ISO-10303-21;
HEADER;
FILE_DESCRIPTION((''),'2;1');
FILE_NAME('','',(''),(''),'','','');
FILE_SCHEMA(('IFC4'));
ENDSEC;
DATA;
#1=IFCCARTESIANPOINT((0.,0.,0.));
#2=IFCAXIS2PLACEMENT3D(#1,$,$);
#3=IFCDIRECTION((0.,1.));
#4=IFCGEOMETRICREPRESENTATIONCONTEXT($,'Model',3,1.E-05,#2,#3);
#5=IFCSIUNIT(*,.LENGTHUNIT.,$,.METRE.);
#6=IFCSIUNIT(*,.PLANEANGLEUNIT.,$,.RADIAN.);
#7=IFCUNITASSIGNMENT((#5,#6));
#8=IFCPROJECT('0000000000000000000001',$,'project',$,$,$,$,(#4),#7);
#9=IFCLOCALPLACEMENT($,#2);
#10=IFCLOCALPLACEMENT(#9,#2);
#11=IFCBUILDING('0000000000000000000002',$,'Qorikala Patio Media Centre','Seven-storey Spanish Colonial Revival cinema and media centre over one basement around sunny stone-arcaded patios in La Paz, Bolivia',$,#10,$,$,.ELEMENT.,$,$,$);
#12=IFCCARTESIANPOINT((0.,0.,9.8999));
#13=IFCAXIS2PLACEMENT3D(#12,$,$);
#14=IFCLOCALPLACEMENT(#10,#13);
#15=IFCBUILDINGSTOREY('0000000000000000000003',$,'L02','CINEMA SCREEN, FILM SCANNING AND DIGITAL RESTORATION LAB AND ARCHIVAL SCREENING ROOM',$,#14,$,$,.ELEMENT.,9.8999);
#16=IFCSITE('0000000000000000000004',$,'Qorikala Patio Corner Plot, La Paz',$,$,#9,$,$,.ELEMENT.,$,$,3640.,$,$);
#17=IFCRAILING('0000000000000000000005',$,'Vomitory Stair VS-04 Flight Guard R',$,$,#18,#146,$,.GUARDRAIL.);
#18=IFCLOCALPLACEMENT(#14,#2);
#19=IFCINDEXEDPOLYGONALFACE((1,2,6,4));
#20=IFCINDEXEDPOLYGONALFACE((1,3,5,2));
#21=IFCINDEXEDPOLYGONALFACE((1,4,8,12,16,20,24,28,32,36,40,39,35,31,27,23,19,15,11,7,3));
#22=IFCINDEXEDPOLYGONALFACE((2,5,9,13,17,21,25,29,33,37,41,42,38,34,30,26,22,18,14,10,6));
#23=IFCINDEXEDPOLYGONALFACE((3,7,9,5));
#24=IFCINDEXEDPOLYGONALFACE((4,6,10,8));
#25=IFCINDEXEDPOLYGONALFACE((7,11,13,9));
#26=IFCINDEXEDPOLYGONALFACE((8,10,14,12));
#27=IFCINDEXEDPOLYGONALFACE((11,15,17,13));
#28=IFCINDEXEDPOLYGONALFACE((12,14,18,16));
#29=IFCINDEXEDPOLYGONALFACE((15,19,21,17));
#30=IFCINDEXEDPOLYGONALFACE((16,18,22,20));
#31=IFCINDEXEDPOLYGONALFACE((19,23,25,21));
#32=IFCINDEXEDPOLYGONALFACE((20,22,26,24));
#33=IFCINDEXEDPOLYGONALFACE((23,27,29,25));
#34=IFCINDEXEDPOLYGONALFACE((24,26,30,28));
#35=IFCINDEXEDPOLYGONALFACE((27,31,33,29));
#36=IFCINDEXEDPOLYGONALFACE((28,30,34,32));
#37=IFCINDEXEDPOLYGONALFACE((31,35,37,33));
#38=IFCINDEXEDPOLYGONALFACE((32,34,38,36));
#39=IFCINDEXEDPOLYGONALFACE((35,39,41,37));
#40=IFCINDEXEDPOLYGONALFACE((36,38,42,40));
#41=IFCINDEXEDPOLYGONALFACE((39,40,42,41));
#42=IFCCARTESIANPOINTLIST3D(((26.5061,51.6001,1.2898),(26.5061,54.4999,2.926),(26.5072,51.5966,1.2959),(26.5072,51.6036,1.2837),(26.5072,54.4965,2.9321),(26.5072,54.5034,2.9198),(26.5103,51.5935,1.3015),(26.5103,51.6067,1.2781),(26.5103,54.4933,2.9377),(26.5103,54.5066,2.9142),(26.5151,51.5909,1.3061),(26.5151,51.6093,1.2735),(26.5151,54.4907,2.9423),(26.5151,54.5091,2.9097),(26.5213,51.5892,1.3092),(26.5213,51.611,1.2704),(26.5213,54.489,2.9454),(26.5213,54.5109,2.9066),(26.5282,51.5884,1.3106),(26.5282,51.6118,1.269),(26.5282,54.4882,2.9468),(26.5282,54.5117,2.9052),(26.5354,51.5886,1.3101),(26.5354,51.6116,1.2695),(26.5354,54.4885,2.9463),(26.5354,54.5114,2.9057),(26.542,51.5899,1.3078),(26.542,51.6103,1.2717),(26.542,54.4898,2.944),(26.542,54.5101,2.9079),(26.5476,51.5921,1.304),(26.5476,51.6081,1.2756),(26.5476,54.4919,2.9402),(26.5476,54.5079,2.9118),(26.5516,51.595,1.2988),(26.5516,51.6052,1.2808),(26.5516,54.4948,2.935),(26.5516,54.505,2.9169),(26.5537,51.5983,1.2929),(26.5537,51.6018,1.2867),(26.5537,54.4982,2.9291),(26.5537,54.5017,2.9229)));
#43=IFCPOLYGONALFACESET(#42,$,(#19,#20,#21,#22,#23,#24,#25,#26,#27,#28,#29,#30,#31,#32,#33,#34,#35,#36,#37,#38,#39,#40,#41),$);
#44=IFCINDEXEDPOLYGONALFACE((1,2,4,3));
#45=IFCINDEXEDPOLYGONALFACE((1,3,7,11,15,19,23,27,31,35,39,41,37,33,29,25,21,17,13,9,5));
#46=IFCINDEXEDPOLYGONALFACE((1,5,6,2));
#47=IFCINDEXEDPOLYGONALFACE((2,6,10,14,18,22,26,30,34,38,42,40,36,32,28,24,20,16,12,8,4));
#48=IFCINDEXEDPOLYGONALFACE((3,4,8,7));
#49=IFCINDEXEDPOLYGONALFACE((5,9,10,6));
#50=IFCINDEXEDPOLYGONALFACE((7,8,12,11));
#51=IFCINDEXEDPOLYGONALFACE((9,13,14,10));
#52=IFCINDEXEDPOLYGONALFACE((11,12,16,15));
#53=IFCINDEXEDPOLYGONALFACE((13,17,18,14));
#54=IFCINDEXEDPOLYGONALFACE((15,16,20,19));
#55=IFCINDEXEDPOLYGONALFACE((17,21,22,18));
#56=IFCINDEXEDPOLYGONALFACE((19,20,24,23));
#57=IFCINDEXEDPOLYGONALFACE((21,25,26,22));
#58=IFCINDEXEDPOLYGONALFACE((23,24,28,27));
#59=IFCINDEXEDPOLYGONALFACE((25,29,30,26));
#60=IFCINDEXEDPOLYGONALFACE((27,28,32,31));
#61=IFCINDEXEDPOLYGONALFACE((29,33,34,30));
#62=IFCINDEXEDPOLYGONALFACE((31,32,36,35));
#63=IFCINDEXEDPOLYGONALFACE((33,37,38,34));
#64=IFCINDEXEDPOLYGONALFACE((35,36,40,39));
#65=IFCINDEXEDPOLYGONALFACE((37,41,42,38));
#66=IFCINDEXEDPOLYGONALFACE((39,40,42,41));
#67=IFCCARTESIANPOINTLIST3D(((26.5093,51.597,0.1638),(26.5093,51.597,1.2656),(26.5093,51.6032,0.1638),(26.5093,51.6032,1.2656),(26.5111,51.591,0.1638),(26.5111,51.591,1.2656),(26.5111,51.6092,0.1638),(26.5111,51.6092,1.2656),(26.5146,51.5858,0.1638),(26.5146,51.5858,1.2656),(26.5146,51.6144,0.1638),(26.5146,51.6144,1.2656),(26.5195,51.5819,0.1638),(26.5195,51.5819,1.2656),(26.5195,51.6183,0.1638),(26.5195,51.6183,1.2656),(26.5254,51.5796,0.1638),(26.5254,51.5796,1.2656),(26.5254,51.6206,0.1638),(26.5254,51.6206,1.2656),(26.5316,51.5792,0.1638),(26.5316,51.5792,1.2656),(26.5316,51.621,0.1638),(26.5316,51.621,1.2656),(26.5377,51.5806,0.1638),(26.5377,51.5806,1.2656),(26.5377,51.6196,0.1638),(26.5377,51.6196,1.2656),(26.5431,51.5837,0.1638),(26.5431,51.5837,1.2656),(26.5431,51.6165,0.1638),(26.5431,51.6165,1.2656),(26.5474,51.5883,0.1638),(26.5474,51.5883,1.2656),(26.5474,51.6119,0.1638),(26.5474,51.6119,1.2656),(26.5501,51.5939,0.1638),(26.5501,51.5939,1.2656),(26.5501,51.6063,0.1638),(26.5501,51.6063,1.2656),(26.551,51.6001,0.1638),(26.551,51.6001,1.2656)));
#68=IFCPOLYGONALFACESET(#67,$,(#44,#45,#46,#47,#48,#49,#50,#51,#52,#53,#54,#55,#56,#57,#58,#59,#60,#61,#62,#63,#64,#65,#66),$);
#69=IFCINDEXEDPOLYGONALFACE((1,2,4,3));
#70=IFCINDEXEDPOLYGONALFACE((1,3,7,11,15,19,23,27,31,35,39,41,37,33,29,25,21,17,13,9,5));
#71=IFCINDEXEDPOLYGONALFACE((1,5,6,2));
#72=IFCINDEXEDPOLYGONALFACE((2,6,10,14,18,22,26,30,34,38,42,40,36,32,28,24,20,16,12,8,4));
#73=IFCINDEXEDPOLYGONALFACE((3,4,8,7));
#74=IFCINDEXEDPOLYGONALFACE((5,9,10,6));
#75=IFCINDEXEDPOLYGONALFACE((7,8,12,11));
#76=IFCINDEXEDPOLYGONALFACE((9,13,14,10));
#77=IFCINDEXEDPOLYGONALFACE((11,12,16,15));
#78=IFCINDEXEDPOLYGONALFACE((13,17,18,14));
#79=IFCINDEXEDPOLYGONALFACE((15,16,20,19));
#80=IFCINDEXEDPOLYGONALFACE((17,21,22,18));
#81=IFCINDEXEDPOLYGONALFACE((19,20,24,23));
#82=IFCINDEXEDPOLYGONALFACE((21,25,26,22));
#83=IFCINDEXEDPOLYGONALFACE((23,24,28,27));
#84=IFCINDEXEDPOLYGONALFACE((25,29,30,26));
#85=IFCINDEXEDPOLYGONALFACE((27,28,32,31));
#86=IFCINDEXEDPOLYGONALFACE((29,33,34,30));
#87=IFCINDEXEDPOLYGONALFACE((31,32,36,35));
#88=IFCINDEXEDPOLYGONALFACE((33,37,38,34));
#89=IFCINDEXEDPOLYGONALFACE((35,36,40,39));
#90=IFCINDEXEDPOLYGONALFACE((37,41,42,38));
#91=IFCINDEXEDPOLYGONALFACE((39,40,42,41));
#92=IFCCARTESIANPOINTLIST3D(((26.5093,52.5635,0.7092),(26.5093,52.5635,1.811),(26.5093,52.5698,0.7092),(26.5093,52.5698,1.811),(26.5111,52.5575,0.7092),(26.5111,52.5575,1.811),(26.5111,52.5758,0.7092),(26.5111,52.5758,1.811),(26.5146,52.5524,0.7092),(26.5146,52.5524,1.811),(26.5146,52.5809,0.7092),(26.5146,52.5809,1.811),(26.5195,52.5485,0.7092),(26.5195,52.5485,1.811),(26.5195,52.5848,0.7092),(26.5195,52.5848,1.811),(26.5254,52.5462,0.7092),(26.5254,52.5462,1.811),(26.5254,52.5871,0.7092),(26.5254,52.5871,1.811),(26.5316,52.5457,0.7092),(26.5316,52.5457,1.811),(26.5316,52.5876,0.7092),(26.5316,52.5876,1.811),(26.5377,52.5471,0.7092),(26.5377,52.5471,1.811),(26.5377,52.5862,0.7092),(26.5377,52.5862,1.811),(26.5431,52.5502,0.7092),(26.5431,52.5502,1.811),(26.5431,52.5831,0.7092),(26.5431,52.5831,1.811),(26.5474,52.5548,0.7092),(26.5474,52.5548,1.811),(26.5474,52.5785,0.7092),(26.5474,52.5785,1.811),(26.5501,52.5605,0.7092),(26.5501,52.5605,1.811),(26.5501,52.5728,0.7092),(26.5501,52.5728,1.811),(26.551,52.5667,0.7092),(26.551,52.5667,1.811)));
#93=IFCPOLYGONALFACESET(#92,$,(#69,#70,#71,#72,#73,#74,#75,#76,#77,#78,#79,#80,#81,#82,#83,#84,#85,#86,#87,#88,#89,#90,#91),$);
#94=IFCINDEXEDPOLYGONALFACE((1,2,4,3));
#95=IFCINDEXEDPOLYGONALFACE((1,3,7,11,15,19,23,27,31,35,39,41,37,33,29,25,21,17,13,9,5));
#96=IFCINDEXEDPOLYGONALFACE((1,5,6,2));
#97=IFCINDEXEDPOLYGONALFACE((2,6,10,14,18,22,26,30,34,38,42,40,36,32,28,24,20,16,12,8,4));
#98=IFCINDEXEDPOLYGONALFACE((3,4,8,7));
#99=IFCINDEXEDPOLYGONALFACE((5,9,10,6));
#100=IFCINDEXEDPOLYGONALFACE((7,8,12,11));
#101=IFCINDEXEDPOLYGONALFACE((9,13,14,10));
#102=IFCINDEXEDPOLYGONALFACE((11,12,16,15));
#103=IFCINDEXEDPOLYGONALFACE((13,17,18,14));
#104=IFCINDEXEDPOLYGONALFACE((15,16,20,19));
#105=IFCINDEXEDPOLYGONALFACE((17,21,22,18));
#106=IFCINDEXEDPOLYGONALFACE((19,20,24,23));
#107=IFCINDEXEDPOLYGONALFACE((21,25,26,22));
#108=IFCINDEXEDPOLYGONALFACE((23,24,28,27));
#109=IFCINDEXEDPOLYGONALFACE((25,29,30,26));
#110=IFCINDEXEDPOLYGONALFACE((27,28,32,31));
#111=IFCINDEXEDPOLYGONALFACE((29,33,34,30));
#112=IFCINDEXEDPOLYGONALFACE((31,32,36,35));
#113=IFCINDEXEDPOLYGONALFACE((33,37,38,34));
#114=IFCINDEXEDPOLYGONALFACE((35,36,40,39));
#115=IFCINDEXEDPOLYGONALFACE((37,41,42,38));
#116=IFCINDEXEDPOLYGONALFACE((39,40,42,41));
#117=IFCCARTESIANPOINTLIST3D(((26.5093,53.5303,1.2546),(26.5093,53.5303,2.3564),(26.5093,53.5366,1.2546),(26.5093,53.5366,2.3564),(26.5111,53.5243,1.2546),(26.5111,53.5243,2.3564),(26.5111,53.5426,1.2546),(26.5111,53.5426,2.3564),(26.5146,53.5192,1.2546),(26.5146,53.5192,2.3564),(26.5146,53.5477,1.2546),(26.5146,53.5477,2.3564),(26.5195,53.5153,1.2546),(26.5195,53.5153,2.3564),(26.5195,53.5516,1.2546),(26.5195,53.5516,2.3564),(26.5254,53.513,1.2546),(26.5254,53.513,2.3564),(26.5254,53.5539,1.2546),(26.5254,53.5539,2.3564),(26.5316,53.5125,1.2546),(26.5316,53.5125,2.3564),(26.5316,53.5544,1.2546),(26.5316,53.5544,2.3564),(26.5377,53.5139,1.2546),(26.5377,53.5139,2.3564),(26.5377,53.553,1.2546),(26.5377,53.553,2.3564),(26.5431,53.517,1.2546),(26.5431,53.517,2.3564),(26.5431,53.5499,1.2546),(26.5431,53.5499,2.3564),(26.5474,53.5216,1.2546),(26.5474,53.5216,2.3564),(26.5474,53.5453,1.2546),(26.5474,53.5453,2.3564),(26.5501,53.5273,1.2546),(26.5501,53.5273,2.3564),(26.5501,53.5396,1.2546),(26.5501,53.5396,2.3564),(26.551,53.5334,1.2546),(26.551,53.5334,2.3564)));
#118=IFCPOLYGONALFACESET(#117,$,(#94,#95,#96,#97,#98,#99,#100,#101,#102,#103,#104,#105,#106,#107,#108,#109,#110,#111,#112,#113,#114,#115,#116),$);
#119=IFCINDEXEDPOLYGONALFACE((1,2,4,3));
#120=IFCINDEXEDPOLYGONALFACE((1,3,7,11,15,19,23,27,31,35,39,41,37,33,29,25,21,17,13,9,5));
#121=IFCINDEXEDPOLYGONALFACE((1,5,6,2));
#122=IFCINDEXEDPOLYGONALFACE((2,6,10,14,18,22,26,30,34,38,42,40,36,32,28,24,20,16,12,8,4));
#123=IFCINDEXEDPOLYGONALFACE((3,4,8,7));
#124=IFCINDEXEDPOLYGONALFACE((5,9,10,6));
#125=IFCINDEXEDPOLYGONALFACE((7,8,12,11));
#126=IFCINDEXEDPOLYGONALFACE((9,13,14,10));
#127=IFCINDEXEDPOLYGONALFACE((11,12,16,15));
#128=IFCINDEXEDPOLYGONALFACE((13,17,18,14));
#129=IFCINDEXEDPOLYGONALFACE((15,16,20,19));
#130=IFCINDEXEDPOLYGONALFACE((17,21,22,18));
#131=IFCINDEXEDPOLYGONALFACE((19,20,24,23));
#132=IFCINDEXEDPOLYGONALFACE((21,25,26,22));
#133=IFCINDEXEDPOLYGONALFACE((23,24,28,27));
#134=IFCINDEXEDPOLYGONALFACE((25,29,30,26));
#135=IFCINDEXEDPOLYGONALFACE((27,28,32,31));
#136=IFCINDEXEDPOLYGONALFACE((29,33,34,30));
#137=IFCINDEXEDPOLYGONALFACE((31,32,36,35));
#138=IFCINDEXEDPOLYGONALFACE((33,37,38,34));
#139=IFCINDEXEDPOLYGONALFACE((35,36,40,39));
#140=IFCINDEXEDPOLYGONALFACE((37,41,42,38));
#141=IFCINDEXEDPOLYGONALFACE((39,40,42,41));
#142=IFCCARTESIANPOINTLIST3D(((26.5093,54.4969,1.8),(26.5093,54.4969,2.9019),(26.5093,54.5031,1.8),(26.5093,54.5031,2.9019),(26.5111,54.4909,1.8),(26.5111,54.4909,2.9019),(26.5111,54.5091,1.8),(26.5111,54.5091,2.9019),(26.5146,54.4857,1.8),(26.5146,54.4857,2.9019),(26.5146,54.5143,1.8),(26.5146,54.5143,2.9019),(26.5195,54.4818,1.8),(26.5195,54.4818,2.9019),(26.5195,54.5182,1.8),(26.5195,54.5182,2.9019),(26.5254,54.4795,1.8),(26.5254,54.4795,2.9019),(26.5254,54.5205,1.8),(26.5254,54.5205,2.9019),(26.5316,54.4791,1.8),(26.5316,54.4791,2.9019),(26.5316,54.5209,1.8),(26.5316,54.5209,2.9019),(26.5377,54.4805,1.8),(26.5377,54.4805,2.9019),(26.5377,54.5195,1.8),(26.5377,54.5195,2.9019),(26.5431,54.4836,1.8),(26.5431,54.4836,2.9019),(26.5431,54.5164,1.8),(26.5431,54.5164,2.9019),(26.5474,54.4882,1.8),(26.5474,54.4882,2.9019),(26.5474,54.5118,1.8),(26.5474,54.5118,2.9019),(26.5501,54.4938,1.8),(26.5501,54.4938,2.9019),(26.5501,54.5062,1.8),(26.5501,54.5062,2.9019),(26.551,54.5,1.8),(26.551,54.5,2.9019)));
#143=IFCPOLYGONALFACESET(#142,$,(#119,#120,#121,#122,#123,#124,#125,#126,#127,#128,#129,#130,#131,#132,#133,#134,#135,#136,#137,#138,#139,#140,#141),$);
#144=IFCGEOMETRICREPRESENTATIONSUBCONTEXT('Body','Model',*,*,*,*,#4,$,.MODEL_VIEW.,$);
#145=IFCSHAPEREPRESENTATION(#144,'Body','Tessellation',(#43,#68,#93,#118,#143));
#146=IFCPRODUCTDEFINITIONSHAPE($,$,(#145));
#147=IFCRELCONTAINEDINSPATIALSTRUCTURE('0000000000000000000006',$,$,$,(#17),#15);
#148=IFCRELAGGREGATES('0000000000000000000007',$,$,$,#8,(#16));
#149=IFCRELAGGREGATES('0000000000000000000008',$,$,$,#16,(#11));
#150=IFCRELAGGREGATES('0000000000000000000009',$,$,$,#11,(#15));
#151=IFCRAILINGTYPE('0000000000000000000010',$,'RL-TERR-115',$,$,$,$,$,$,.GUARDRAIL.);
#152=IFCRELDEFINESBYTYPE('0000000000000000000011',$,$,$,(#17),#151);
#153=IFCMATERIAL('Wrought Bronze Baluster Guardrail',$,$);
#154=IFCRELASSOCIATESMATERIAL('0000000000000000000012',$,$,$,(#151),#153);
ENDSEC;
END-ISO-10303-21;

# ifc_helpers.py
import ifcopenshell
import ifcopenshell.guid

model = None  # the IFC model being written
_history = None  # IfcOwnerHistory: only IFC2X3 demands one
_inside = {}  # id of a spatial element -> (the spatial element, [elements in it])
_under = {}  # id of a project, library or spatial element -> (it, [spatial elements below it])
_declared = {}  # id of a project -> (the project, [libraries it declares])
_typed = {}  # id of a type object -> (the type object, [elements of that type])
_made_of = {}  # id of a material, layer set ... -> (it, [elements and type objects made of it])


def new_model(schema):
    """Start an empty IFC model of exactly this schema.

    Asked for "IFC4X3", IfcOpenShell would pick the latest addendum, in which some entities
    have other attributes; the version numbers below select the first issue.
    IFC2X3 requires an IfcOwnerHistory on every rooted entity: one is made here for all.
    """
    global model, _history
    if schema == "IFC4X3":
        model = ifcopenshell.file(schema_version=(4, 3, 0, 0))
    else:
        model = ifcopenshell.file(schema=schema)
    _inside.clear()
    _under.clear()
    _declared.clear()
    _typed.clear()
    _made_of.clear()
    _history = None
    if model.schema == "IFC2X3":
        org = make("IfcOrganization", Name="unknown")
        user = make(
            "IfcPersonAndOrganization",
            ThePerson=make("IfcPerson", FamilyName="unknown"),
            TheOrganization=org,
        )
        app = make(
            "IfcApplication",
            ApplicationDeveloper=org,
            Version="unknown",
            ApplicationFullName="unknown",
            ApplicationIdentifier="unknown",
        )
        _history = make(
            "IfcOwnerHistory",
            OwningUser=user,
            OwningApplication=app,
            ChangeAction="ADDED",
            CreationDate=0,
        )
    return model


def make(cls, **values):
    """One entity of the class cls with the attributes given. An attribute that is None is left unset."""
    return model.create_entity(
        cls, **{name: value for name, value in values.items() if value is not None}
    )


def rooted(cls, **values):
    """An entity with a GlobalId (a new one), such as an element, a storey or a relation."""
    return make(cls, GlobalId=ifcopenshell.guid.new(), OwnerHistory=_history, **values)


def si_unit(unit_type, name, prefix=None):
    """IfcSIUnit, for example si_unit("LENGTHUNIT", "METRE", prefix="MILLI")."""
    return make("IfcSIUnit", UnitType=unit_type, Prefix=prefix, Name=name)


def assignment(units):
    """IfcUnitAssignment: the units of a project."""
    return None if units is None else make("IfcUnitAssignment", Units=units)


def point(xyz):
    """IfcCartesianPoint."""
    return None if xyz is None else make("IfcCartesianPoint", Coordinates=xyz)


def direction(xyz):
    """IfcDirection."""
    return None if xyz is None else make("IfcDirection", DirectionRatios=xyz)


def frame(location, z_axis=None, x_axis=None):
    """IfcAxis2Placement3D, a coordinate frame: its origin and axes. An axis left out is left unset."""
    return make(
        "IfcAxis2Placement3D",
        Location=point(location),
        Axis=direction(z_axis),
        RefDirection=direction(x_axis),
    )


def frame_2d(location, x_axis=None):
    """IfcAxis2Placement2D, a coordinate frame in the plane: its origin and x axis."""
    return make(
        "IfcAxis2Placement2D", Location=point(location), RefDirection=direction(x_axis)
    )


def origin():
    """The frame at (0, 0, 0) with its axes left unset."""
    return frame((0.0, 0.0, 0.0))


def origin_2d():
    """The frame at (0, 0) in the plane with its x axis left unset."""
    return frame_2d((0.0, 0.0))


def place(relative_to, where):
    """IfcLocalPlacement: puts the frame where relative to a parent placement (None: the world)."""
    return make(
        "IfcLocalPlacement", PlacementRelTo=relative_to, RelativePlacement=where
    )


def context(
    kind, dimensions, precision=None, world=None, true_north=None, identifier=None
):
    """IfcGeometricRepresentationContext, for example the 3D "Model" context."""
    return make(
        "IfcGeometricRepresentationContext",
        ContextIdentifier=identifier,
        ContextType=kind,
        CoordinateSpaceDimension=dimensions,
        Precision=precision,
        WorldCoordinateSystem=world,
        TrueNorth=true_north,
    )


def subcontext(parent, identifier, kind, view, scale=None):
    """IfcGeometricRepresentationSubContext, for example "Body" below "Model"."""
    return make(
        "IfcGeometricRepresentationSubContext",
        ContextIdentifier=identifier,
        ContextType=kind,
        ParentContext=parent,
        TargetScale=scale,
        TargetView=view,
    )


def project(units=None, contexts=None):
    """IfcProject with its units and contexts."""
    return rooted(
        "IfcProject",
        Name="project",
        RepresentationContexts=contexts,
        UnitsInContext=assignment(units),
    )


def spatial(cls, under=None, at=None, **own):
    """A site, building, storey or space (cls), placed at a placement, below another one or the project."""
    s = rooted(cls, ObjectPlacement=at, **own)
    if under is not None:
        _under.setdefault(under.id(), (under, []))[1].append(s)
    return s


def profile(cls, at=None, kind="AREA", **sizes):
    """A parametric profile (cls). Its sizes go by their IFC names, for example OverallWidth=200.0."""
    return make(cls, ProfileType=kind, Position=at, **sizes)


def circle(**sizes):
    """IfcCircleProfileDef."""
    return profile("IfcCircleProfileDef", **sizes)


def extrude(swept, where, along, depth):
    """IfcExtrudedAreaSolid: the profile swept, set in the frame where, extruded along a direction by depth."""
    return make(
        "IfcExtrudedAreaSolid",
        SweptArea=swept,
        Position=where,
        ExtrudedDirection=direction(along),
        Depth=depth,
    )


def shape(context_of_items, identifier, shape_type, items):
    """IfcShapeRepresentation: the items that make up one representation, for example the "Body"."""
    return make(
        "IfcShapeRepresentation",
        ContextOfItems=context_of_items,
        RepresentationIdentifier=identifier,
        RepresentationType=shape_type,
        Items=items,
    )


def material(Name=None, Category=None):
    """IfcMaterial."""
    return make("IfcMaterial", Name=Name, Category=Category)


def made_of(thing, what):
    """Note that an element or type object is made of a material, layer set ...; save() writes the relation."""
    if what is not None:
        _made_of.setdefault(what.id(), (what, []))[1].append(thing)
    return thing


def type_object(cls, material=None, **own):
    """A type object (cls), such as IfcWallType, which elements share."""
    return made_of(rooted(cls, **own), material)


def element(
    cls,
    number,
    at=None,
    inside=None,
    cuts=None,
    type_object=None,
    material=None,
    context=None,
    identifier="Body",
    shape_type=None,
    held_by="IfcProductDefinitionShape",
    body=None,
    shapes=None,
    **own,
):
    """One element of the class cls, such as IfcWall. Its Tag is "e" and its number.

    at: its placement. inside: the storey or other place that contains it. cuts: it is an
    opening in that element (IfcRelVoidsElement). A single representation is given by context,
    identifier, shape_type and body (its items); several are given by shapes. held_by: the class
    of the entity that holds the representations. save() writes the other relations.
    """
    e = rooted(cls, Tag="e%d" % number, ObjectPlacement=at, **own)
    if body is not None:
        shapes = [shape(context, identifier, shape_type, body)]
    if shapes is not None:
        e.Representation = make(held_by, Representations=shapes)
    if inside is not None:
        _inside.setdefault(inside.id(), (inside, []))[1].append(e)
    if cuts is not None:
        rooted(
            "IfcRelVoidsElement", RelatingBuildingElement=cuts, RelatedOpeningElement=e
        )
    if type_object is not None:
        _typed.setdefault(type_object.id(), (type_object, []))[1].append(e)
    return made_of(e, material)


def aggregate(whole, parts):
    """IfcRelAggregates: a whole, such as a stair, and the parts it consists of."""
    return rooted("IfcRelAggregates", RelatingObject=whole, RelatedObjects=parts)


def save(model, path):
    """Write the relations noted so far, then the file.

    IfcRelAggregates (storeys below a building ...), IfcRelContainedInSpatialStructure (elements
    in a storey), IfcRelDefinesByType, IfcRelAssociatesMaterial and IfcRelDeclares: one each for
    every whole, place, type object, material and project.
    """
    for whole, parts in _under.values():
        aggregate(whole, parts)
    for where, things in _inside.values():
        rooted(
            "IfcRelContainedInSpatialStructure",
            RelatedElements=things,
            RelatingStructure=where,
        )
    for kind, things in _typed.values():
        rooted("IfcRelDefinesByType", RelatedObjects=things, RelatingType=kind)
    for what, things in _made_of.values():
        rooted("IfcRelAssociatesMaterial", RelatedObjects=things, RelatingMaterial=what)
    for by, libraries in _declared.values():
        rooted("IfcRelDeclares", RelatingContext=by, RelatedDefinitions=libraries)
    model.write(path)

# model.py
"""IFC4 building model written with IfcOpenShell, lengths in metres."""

from ifc_helpers import new_model, si_unit, direction, frame, origin, origin_2d, place, context, subcontext, project, spatial, circle, extrude, material, type_object, element, save


model = new_model("IFC4")

# Units and contexts
model_context = context("Model", 3, precision=1e-05, world=origin(), true_north=direction((0.0, 1.0)))
body_context = subcontext(model_context, "Body", "Model", "MODEL_VIEW")
ifc_project = project(units=[si_unit("LENGTHUNIT", "METRE"), si_unit("PLANEANGLEUNIT", "RADIAN")], contexts=[model_context])

# Site, building, storey
site_placement = place(None, origin())
site = spatial("IfcSite", under=ifc_project, at=site_placement, Name="Qorikala Patio Corner Plot, La Paz", CompositionType="ELEMENT", RefElevation=3640.0)
building_placement = place(site_placement, origin())
building = spatial("IfcBuilding", under=site, at=building_placement, Name="Qorikala Patio Media Centre", Description="Seven-storey Spanish Colonial Revival cinema and media centre over one basement around sunny stone-arcaded patios in La Paz, Bolivia", CompositionType="ELEMENT")
storey_placement = place(building_placement, frame((0.0, 0.0, 9.8999)))
storey = spatial("IfcBuildingStorey", under=building, at=storey_placement, Name="L02", Description="CINEMA SCREEN, FILM SCANNING AND DIGITAL RESTORATION LAB AND ARCHIVAL SCREENING ROOM", CompositionType="ELEMENT", Elevation=9.8999)

# Railing
ifc_material_1 = material(Name="Wrought Bronze Baluster Guardrail")
railing_type = type_object("IfcRailingType", Name="RL-TERR-115", PredefinedType="GUARDRAIL", material=ifc_material_1)
for number, where, name in (
    (1, (26.53, 51.6001, 0.1638), "Vomitory Stair VS-04 Flight Guard R"),
):
    element("IfcRailing", number, at=place(storey_placement, frame(where)), inside=storey, type_object=railing_type, Name=name, PredefinedType="GUARDRAIL", context=body_context, shape_type="SweptSolid", body=[
        extrude(circle(Radius=0.0239, at=origin_2d()), frame((0.0, 0.0, 1.126), z_axis=(0.0, 0.870929, 0.49141), x_axis=(-1.0, 0.0, 0.0)), (0.0, 0.0, 1.0), 3.3296),
        extrude(circle(Radius=0.021, at=origin_2d()), origin(), (0.0, 0.0, 1.0), 1.1018),
        extrude(circle(Radius=0.021, at=origin_2d()), frame((0.0, 0.9666, 0.5454)), (0.0, 0.0, 1.0), 1.1018),
        extrude(circle(Radius=0.021, at=origin_2d()), frame((0.0, 1.9333, 1.0908)), (0.0, 0.0, 1.0), 1.1018),
        extrude(circle(Radius=0.021, at=origin_2d()), frame((0.0, 2.8999, 1.6362)), (0.0, 0.0, 1.0), 1.1018),
    ])

save(model, "model.ifc")
